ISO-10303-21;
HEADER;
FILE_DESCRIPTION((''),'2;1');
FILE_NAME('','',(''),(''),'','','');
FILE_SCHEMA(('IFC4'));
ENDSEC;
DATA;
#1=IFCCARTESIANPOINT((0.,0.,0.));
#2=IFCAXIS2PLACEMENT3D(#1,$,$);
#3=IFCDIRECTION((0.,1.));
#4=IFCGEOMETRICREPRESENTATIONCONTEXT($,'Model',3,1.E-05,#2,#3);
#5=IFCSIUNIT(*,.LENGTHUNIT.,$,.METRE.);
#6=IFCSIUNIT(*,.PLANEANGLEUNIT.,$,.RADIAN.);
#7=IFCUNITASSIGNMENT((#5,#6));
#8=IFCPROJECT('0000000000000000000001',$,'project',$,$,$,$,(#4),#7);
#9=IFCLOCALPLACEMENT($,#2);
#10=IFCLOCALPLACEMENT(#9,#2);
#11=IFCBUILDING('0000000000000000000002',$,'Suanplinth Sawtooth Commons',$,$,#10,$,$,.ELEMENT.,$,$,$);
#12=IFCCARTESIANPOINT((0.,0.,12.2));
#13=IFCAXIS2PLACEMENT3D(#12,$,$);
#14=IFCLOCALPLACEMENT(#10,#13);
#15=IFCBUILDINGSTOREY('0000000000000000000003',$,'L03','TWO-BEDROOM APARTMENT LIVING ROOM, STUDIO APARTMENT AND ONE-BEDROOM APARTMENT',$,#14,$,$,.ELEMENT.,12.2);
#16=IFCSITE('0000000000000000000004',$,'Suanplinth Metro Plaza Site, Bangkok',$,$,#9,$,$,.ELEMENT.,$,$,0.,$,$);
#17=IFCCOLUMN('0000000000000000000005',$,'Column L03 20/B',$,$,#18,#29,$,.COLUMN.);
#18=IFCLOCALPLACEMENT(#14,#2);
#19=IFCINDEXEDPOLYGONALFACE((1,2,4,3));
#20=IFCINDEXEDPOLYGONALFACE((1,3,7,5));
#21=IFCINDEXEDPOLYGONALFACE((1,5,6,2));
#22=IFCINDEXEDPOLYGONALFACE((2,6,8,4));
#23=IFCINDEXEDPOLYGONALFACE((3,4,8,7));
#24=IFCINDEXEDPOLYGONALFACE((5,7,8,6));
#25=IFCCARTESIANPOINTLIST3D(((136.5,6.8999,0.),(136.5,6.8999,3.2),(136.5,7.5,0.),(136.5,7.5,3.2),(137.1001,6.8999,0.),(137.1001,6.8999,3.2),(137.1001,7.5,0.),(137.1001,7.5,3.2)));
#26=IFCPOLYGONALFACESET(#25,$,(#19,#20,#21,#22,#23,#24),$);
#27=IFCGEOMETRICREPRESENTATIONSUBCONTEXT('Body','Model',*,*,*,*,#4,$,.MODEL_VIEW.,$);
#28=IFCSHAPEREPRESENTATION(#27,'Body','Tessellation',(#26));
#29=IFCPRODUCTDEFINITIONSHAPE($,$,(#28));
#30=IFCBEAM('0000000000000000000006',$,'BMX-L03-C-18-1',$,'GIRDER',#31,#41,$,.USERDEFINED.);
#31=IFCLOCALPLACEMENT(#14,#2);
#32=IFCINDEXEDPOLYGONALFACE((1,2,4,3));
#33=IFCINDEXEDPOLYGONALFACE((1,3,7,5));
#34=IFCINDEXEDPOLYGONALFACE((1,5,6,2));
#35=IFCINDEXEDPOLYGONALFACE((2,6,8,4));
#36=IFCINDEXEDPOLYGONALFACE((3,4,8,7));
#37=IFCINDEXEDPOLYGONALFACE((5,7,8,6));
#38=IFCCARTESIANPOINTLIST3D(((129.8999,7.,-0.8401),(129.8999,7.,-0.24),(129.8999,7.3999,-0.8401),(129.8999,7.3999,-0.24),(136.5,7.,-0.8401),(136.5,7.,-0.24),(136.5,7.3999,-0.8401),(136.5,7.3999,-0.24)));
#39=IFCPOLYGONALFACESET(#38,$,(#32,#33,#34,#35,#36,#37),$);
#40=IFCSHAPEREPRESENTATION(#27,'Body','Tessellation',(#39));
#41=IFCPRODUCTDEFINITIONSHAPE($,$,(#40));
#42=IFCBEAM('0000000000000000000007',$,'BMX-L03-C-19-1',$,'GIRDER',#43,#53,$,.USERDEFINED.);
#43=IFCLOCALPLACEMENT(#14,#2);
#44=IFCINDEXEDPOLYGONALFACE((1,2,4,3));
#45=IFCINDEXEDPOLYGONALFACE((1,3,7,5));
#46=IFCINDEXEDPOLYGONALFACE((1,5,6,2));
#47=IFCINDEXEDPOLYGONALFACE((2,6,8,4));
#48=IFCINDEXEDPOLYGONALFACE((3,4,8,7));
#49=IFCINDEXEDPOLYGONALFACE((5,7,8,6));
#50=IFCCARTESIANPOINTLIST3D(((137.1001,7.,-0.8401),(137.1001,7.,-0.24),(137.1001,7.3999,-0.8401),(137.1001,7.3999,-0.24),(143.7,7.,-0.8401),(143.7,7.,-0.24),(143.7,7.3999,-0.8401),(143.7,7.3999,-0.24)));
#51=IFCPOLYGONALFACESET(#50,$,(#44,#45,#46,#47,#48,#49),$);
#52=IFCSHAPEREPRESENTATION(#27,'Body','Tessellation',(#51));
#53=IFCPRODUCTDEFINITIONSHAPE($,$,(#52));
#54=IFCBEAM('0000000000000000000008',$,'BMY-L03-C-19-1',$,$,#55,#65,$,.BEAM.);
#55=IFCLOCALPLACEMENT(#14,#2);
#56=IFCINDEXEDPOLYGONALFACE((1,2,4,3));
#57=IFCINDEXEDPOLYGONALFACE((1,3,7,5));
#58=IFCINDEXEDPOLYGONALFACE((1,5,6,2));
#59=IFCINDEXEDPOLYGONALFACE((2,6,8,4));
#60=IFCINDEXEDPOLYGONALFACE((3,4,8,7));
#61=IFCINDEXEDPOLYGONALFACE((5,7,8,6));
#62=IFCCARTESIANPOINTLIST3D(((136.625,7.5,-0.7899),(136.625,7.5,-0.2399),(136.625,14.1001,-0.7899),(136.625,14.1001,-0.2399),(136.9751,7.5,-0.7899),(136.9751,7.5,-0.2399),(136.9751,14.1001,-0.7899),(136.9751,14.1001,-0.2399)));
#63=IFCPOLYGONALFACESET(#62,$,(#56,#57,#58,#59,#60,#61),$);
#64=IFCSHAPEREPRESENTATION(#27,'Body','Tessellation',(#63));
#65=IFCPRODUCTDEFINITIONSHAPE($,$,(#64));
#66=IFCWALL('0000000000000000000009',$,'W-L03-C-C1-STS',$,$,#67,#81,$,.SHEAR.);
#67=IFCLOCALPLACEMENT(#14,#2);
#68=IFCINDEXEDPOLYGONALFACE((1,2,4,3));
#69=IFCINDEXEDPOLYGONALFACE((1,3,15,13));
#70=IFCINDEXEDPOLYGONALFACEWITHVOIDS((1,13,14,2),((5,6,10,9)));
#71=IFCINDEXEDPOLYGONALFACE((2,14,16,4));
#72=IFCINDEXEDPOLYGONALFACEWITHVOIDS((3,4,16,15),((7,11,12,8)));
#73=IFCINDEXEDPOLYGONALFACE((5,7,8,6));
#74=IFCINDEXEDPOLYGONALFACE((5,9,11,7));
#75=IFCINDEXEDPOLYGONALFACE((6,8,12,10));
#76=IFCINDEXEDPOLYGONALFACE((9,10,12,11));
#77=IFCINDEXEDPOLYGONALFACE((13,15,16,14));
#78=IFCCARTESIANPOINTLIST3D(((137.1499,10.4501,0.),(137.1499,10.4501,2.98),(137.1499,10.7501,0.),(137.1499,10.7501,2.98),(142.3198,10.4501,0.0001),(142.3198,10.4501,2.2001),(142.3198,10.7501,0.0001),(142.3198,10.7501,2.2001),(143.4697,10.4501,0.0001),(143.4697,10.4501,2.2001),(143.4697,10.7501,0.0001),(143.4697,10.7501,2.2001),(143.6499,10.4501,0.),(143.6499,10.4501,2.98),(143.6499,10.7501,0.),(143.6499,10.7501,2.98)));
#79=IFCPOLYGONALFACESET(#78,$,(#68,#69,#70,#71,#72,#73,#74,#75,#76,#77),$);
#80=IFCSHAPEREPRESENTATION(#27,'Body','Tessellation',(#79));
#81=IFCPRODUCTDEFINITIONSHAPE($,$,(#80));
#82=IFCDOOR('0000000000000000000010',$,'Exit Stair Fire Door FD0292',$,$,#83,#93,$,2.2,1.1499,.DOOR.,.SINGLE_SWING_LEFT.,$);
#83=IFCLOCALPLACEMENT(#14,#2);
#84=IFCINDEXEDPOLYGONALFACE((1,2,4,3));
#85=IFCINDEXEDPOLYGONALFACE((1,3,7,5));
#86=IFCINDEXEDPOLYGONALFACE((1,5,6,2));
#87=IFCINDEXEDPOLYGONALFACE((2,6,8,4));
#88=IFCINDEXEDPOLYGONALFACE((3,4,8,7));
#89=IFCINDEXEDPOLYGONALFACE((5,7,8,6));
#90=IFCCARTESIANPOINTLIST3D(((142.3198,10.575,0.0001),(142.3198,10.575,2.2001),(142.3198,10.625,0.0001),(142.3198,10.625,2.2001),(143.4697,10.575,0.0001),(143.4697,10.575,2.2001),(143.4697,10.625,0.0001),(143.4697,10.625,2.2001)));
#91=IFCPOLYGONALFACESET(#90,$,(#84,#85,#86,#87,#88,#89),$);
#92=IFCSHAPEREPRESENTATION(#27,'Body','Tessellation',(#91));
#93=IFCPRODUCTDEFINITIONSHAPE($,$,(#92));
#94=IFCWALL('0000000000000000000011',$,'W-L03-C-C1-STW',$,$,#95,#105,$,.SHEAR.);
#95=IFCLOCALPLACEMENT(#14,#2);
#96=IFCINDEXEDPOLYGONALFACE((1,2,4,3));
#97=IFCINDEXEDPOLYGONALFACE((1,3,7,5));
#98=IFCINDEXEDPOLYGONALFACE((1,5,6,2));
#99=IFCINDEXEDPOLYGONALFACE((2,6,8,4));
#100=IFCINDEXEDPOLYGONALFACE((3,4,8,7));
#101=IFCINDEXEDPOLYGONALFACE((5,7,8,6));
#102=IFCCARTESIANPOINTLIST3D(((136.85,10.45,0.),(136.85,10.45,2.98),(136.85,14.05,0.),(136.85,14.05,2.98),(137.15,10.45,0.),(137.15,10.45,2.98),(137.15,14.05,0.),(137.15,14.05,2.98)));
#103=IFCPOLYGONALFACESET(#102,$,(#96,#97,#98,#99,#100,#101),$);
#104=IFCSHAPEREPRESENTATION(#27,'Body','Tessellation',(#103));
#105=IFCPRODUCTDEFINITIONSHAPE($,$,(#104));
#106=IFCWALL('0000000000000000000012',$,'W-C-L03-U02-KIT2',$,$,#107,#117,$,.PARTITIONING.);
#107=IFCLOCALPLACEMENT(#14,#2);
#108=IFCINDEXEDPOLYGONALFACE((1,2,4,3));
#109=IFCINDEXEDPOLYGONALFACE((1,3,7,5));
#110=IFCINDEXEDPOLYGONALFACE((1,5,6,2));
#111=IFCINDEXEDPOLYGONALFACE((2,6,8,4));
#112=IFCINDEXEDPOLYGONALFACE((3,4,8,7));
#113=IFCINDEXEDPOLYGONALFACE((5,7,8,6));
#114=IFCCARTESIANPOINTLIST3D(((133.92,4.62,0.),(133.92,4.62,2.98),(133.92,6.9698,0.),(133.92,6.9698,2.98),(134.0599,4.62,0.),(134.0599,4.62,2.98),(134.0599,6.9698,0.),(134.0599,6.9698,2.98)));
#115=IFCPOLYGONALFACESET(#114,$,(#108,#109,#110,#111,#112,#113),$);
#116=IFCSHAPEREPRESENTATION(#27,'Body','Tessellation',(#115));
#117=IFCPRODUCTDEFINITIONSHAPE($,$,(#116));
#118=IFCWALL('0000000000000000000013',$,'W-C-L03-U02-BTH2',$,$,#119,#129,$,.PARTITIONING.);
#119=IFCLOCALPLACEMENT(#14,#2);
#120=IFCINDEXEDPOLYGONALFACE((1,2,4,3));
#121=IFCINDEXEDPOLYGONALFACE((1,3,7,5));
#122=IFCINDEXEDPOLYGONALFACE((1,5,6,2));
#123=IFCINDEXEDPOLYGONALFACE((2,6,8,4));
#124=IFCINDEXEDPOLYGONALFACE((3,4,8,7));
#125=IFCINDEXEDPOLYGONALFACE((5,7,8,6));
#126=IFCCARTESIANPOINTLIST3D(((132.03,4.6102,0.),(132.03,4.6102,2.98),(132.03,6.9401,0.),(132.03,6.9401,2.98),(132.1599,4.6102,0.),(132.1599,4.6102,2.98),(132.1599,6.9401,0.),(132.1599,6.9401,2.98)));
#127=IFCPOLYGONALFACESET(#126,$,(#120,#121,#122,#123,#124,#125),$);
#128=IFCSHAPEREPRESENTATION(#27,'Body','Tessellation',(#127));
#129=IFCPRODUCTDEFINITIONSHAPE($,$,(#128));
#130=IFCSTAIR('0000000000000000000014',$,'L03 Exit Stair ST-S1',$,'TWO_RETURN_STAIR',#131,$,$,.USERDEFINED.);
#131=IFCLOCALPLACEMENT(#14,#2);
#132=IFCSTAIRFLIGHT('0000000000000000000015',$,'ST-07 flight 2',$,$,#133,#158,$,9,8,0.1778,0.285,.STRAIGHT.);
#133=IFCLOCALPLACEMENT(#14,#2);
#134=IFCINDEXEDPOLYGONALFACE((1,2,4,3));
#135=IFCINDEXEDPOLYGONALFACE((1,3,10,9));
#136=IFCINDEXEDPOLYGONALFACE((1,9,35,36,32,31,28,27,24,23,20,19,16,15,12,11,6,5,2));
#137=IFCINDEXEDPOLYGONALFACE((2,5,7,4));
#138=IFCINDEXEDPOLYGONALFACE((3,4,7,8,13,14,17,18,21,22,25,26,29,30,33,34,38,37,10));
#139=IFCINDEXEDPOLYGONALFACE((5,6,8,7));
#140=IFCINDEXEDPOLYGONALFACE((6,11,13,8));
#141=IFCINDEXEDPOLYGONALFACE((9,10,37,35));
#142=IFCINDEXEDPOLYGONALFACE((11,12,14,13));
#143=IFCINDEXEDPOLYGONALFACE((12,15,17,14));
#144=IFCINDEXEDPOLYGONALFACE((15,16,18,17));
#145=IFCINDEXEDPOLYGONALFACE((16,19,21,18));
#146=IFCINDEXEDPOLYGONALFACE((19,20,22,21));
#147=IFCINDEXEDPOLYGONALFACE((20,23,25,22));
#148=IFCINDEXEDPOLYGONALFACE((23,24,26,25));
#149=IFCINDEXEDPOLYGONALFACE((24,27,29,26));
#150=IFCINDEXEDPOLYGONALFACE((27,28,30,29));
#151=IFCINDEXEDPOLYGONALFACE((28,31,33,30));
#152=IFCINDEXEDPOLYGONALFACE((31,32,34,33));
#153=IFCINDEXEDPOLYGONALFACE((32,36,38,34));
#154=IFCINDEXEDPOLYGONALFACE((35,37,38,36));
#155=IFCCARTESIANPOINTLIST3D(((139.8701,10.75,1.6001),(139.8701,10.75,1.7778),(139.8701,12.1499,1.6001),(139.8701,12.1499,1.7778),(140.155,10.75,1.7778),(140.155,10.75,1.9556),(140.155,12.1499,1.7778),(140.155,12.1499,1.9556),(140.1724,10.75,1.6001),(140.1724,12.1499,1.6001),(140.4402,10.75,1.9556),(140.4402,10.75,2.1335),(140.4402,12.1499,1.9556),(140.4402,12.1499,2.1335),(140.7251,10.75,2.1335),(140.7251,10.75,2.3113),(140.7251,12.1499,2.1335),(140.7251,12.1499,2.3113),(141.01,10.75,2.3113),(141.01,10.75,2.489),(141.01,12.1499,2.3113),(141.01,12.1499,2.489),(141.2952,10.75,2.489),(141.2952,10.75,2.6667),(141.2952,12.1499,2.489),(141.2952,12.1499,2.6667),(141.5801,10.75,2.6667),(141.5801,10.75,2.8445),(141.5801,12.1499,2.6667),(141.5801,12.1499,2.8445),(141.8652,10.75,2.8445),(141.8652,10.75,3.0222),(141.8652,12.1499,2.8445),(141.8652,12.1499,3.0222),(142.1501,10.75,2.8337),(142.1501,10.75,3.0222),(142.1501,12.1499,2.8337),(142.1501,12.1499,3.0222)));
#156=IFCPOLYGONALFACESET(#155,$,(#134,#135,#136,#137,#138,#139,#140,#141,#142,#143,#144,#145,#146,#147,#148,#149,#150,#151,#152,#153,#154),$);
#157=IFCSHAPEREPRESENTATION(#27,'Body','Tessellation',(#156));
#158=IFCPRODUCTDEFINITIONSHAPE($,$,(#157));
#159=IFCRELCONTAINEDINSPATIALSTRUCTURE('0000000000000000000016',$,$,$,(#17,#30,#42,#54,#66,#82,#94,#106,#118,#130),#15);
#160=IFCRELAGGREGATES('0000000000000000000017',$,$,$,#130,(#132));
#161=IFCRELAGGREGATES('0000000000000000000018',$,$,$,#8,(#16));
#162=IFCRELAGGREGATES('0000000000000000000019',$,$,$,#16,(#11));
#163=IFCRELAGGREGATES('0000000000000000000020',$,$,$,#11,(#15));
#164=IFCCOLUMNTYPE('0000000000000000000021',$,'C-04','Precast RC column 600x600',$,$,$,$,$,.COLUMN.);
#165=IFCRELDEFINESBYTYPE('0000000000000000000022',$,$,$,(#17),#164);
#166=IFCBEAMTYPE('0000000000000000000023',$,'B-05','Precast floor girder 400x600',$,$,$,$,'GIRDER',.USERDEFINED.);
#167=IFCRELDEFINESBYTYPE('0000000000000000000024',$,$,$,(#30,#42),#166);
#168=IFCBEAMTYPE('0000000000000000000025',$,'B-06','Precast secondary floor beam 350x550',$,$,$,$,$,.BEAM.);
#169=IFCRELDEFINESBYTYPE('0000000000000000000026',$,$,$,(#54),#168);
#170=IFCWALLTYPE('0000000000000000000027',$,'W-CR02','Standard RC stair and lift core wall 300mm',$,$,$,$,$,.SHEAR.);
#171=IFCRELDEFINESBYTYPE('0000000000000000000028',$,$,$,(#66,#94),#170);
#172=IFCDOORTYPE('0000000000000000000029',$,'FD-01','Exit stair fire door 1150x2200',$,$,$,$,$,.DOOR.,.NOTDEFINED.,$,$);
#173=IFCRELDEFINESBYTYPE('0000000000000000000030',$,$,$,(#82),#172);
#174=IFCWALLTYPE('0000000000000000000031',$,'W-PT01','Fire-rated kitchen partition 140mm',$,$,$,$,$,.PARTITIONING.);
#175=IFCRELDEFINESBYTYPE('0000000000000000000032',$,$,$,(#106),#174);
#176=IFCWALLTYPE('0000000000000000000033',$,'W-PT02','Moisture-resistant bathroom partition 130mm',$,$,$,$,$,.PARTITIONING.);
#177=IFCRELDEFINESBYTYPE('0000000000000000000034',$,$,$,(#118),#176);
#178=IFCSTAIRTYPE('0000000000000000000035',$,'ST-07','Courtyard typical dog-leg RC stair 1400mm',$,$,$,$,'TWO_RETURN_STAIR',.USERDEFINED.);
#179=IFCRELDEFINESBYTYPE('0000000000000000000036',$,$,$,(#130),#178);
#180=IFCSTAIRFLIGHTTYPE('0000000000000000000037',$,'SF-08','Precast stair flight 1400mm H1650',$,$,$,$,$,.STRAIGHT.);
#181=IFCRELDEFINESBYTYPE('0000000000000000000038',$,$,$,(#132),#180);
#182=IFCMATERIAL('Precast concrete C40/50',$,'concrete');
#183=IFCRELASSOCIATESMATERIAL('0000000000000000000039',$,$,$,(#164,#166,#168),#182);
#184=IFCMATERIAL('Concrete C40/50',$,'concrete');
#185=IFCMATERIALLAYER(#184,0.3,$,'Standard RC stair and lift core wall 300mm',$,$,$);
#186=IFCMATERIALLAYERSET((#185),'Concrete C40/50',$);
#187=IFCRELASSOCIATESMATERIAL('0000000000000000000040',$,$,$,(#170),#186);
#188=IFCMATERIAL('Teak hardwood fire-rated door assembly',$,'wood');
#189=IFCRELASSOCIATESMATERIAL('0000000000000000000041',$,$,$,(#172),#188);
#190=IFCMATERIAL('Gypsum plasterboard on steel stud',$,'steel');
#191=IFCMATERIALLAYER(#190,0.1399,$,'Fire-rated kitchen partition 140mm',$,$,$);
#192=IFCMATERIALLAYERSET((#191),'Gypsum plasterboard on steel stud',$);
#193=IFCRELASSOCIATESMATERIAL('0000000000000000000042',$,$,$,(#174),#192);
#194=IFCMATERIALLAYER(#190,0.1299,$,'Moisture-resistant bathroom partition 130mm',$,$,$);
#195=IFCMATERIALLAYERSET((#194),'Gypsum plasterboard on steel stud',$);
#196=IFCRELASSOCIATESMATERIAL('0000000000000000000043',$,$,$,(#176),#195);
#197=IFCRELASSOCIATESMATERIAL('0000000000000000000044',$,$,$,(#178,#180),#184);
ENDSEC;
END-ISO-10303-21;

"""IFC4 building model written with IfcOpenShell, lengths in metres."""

from ifc_helpers import new_model, si_unit, direction, frame, frame_2d, origin, origin_2d, place, context, subcontext, project, spatial, polyline, rectangle, outline, extrude, material, layer, layer_set, material_profile, profile_set, type_object, element, fill, aggregate, save


model = new_model("IFC4")

# Units and contexts
model_context = context("Model", 3, precision=1e-05, world=origin(), true_north=direction((0.0, 1.0)))
body_context = subcontext(model_context, "Body", "Model", "MODEL_VIEW")
ifc_project = project(units=[si_unit("LENGTHUNIT", "METRE"), si_unit("PLANEANGLEUNIT", "RADIAN")], contexts=[model_context])

# Site, building, storey
site_placement = place(None, origin())
site = spatial("IfcSite", under=ifc_project, at=site_placement, Name="Suanplinth Metro Plaza Site, Bangkok", CompositionType="ELEMENT", RefElevation=0.0)
building_placement = place(site_placement, origin())
building = spatial("IfcBuilding", under=site, at=building_placement, Name="Suanplinth Sawtooth Commons", CompositionType="ELEMENT")
storey_placement = place(building_placement, frame((0.0, 0.0, 12.2)))
storey = spatial("IfcBuildingStorey", under=building, at=storey_placement, Name="L03", Description="TWO-BEDROOM APARTMENT LIVING ROOM, STUDIO APARTMENT AND ONE-BEDROOM APARTMENT", CompositionType="ELEMENT", Elevation=12.2)

# Column
ifc_material_1 = material(Name="Precast concrete C40/50", Category="concrete")
ifc_material_profile_1 = material_profile(ifc_material_1, rectangle(XDim=0.6001, YDim=0.6001, at=origin_2d()), Name="PC-COL 600x600")
ifc_profile_set_1 = profile_set([ifc_material_profile_1], Name="Precast concrete C40/50")
column_type = type_object("IfcColumnType", Name="C-04", Description="Precast RC column 600x600", PredefinedType="COLUMN", material=ifc_profile_set_1)
column_placement = place(storey_placement, frame((136.8, 7.2, 0.0), z_axis=(0.0, 0.0, 1.0), x_axis=(1.0, 0.0, 0.0)))
element("IfcColumn", 1, at=column_placement, inside=storey, type_object=column_type, Name="Column L03 20/B", PredefinedType="COLUMN", context=body_context, shape_type="SweptSolid", body=[
    extrude(rectangle(XDim=0.6001, YDim=0.6001, at=origin_2d()), origin(), (0.0, 0.0, 1.0), 3.2),
])

# Beams
ifc_material_profile_2 = material_profile(ifc_material_1, rectangle(XDim=0.3999, YDim=0.6001, at=origin_2d()), Name="PC-GDR 400x600")
ifc_profile_set_2 = profile_set([ifc_material_profile_2], Name="Precast concrete C40/50")
beam_type_1 = type_object("IfcBeamType", Name="B-05", Description="Precast floor girder 400x600", ElementType="GIRDER", PredefinedType="USERDEFINED", material=ifc_profile_set_2)
beam_1_placement = place(storey_placement, frame((129.8999, 7.2, -0.54), z_axis=(1.0, 0.0, 0.0), x_axis=(0.0, 1.0, 0.0)))
element("IfcBeam", 2, at=beam_1_placement, inside=storey, type_object=beam_type_1, Name="BMX-L03-C-18-1", ObjectType="GIRDER", PredefinedType="USERDEFINED", context=body_context, shape_type="SweptSolid", body=[
    extrude(rectangle(XDim=0.3999, YDim=0.6001, at=origin_2d()), origin(), (0.0, 0.0, 1.0), 6.6001),
])
beam_2_placement = place(storey_placement, frame((137.1001, 7.2, -0.54), z_axis=(1.0, 0.0, 0.0), x_axis=(0.0, 1.0, 0.0)))
element("IfcBeam", 3, at=beam_2_placement, inside=storey, type_object=beam_type_1, Name="BMX-L03-C-19-1", ObjectType="GIRDER", PredefinedType="USERDEFINED", context=body_context, shape_type="SweptSolid", body=[
    extrude(rectangle(XDim=0.3999, YDim=0.6001, at=origin_2d()), origin(), (0.0, 0.0, 1.0), 6.5999),
])
ifc_material_profile_3 = material_profile(ifc_material_1, rectangle(XDim=0.3501, YDim=0.55, at=origin_2d()), Name="PC-BM 350x550")
ifc_profile_set_3 = profile_set([ifc_material_profile_3], Name="Precast concrete C40/50")
beam_type_2 = type_object("IfcBeamType", Name="B-06", Description="Precast secondary floor beam 350x550", PredefinedType="BEAM", material=ifc_profile_set_3)
beam_3_placement = place(storey_placement, frame((136.8, 7.5, -0.5149), z_axis=(0.0, 1.0, 0.0), x_axis=(-1.0, 0.0, 0.0)))
element("IfcBeam", 4, at=beam_3_placement, inside=storey, type_object=beam_type_2, Name="BMY-L03-C-19-1", PredefinedType="BEAM", context=body_context, shape_type="SweptSolid", body=[
    extrude(rectangle(XDim=0.3501, YDim=0.55, at=origin_2d()), origin(), (0.0, 0.0, 1.0), 6.6001),
])

# Wall, opening, door
ifc_material_2 = material(Name="Concrete C40/50", Category="concrete")
ifc_layer_1 = layer(ifc_material_2, 0.3, Name="Standard RC stair and lift core wall 300mm")
ifc_layer_set_1 = layer_set([ifc_layer_1], Name="Concrete C40/50")
wall_type_1 = type_object("IfcWallType", Name="W-CR02", Description="Standard RC stair and lift core wall 300mm", PredefinedType="SHEAR", material=ifc_layer_set_1)
wall_1_placement = place(storey_placement, frame((137.1499, 10.6001, 0.0), z_axis=(0.0, 0.0, 1.0), x_axis=(1.0, 0.0, 0.0)))
wall_1 = element("IfcWall", 5, at=wall_1_placement, inside=storey, type_object=wall_type_1, Name="W-L03-C-C1-STS", PredefinedType="SHEAR", context=body_context, shape_type="SweptSolid", body=[
    extrude(rectangle(XDim=6.5, YDim=0.3, at=frame_2d((3.25, 0.0))), origin(), (0.0, 0.0, 1.0), 2.98),
])
opening_1_placement = place(wall_1_placement, frame((5.1699, 0.0, 0.0)))
opening_1 = element("IfcOpeningElement", 6, at=opening_1_placement, cuts=wall_1, PredefinedType="OPENING", context=body_context, shape_type="SweptSolid", body=[
    extrude(rectangle(XDim=1.1499, YDim=2.2, at=frame_2d((0.575, 1.1001))), frame((0.0, 0.165, 0.0), z_axis=(0.0, -1.0, 0.0), x_axis=(1.0, 0.0, 0.0)), (0.0, 0.0, 1.0), 0.3298),
])
ifc_material_3 = material(Name="Teak hardwood fire-rated door assembly", Category="wood")
door_type_1 = type_object("IfcDoorType", Name="FD-01", Description="Exit stair fire door 1150x2200", OperationType="NOTDEFINED", PredefinedType="DOOR", material=ifc_material_3)
door_1_placement = place(opening_1_placement, origin())
door_1 = element("IfcDoor", 7, at=door_1_placement, inside=storey, type_object=door_type_1, Name="Exit Stair Fire Door FD0292", OperationType="SINGLE_SWING_LEFT", OverallHeight=2.2, OverallWidth=1.1499, PredefinedType="DOOR", context=body_context, shape_type="SweptSolid", body=[
    extrude(rectangle(XDim=1.1499, YDim=2.2, at=frame_2d((0.575, 1.1001))), frame((0.0, 0.0249, 0.0), z_axis=(0.0, -1.0, 0.0), x_axis=(1.0, 0.0, 0.0)), (0.0, 0.0, 1.0), 0.05),
])
fill(opening_1, door_1)

# Wall
wall_2_placement = place(storey_placement, frame((137.0, 10.45, 0.0), z_axis=(0.0, 0.0, 1.0), x_axis=(0.0, 1.0, 0.0)))
element("IfcWall", 8, at=wall_2_placement, inside=storey, type_object=wall_type_1, Name="W-L03-C-C1-STW", PredefinedType="SHEAR", context=body_context, shape_type="SweptSolid", body=[
    extrude(rectangle(XDim=3.6001, YDim=0.3, at=frame_2d((1.8, 0.0))), origin(), (0.0, 0.0, 1.0), 2.98),
])

# Walls
ifc_material_4 = material(Name="Gypsum plasterboard on steel stud", Category="steel")
ifc_layer_2 = layer(ifc_material_4, 0.1399, Name="Fire-rated kitchen partition 140mm")
ifc_layer_set_2 = layer_set([ifc_layer_2], Name="Gypsum plasterboard on steel stud")
wall_type_2 = type_object("IfcWallType", Name="W-PT01", Description="Fire-rated kitchen partition 140mm", PredefinedType="PARTITIONING", material=ifc_layer_set_2)
wall_3_placement = place(storey_placement, frame((133.99, 4.6201, 0.0), z_axis=(0.0, 0.0, 1.0), x_axis=(0.0, 1.0, 0.0)))
element("IfcWall", 9, at=wall_3_placement, inside=storey, type_object=wall_type_2, Name="W-C-L03-U02-KIT2", PredefinedType="PARTITIONING", context=body_context, shape_type="SweptSolid", body=[
    extrude(rectangle(XDim=2.3499, YDim=0.1399, at=frame_2d((1.1748, 0.0))), origin(), (0.0, 0.0, 1.0), 2.98),
])
ifc_layer_3 = layer(ifc_material_4, 0.1299, Name="Moisture-resistant bathroom partition 130mm")
ifc_layer_set_3 = layer_set([ifc_layer_3], Name="Gypsum plasterboard on steel stud")
wall_type_3 = type_object("IfcWallType", Name="W-PT02", Description="Moisture-resistant bathroom partition 130mm", PredefinedType="PARTITIONING", material=ifc_layer_set_3)
wall_4_placement = place(storey_placement, frame((132.095, 4.6101, 0.0), z_axis=(0.0, 0.0, 1.0), x_axis=(0.0, 1.0, 0.0)))
element("IfcWall", 10, at=wall_4_placement, inside=storey, type_object=wall_type_3, Name="W-C-L03-U02-BTH2", PredefinedType="PARTITIONING", context=body_context, shape_type="SweptSolid", body=[
    extrude(rectangle(XDim=2.3298, YDim=0.1299, at=frame_2d((1.165, 0.0))), origin(), (0.0, 0.0, 1.0), 2.98),
])

# Stair, stair flight
stair_type = type_object("IfcStairType", Name="ST-07", Description="Courtyard typical dog-leg RC stair 1400mm", ElementType="TWO_RETURN_STAIR", PredefinedType="USERDEFINED", material=ifc_material_2)
stair_placement = place(storey_placement, origin())
stair = element("IfcStair", 11, at=stair_placement, inside=storey, type_object=stair_type, Name="L03 Exit Stair ST-S1", ObjectType="TWO_RETURN_STAIR", PredefinedType="USERDEFINED")
stair_flight_type = type_object("IfcStairFlightType", Name="SF-08", Description="Precast stair flight 1400mm H1650", PredefinedType="STRAIGHT", material=ifc_material_2)
stair_flight_placement = place(storey_placement, frame((139.8701, 11.45, 1.6001), z_axis=(0.0, 0.0, 1.0), x_axis=(1.0, 0.0, 0.0)))
stair_flight = element("IfcStairFlight", 12, at=stair_flight_placement, type_object=stair_flight_type, Name="ST-07 flight 2", NumberOfRisers=9, NumberOfTreads=8, PredefinedType="STRAIGHT", RiserHeight=0.1778, TreadLength=0.285, context=body_context, shape_type="SweptSolid", body=[
    extrude(outline(polyline([(0.0, 0.0), (0.0, 0.1777), (0.2849, 0.1777), (0.2849, 0.3555), (0.5701, 0.3555), (0.5701, 0.5334), (0.855, 0.5334), (0.855, 0.7112), (1.1399, 0.7112), (1.1399, 0.8889), (1.425, 0.8889), (1.425, 1.0667), (1.71, 1.0667), (1.71, 1.2444), (1.9951, 1.2444), (1.9951, 1.4221), (2.28, 1.4221), (2.28, 1.6001), (2.28, 1.2336), (0.3022, 0.0), (0.0, 0.0)])), frame((0.0, 0.7, 0.0), z_axis=(0.0, -1.0, 0.0), x_axis=(1.0, 0.0, 0.0)), (0.0, 0.0, 1.0), 1.3999),
])
aggregate(stair, [stair_flight])

save(model, "model.ifc")
